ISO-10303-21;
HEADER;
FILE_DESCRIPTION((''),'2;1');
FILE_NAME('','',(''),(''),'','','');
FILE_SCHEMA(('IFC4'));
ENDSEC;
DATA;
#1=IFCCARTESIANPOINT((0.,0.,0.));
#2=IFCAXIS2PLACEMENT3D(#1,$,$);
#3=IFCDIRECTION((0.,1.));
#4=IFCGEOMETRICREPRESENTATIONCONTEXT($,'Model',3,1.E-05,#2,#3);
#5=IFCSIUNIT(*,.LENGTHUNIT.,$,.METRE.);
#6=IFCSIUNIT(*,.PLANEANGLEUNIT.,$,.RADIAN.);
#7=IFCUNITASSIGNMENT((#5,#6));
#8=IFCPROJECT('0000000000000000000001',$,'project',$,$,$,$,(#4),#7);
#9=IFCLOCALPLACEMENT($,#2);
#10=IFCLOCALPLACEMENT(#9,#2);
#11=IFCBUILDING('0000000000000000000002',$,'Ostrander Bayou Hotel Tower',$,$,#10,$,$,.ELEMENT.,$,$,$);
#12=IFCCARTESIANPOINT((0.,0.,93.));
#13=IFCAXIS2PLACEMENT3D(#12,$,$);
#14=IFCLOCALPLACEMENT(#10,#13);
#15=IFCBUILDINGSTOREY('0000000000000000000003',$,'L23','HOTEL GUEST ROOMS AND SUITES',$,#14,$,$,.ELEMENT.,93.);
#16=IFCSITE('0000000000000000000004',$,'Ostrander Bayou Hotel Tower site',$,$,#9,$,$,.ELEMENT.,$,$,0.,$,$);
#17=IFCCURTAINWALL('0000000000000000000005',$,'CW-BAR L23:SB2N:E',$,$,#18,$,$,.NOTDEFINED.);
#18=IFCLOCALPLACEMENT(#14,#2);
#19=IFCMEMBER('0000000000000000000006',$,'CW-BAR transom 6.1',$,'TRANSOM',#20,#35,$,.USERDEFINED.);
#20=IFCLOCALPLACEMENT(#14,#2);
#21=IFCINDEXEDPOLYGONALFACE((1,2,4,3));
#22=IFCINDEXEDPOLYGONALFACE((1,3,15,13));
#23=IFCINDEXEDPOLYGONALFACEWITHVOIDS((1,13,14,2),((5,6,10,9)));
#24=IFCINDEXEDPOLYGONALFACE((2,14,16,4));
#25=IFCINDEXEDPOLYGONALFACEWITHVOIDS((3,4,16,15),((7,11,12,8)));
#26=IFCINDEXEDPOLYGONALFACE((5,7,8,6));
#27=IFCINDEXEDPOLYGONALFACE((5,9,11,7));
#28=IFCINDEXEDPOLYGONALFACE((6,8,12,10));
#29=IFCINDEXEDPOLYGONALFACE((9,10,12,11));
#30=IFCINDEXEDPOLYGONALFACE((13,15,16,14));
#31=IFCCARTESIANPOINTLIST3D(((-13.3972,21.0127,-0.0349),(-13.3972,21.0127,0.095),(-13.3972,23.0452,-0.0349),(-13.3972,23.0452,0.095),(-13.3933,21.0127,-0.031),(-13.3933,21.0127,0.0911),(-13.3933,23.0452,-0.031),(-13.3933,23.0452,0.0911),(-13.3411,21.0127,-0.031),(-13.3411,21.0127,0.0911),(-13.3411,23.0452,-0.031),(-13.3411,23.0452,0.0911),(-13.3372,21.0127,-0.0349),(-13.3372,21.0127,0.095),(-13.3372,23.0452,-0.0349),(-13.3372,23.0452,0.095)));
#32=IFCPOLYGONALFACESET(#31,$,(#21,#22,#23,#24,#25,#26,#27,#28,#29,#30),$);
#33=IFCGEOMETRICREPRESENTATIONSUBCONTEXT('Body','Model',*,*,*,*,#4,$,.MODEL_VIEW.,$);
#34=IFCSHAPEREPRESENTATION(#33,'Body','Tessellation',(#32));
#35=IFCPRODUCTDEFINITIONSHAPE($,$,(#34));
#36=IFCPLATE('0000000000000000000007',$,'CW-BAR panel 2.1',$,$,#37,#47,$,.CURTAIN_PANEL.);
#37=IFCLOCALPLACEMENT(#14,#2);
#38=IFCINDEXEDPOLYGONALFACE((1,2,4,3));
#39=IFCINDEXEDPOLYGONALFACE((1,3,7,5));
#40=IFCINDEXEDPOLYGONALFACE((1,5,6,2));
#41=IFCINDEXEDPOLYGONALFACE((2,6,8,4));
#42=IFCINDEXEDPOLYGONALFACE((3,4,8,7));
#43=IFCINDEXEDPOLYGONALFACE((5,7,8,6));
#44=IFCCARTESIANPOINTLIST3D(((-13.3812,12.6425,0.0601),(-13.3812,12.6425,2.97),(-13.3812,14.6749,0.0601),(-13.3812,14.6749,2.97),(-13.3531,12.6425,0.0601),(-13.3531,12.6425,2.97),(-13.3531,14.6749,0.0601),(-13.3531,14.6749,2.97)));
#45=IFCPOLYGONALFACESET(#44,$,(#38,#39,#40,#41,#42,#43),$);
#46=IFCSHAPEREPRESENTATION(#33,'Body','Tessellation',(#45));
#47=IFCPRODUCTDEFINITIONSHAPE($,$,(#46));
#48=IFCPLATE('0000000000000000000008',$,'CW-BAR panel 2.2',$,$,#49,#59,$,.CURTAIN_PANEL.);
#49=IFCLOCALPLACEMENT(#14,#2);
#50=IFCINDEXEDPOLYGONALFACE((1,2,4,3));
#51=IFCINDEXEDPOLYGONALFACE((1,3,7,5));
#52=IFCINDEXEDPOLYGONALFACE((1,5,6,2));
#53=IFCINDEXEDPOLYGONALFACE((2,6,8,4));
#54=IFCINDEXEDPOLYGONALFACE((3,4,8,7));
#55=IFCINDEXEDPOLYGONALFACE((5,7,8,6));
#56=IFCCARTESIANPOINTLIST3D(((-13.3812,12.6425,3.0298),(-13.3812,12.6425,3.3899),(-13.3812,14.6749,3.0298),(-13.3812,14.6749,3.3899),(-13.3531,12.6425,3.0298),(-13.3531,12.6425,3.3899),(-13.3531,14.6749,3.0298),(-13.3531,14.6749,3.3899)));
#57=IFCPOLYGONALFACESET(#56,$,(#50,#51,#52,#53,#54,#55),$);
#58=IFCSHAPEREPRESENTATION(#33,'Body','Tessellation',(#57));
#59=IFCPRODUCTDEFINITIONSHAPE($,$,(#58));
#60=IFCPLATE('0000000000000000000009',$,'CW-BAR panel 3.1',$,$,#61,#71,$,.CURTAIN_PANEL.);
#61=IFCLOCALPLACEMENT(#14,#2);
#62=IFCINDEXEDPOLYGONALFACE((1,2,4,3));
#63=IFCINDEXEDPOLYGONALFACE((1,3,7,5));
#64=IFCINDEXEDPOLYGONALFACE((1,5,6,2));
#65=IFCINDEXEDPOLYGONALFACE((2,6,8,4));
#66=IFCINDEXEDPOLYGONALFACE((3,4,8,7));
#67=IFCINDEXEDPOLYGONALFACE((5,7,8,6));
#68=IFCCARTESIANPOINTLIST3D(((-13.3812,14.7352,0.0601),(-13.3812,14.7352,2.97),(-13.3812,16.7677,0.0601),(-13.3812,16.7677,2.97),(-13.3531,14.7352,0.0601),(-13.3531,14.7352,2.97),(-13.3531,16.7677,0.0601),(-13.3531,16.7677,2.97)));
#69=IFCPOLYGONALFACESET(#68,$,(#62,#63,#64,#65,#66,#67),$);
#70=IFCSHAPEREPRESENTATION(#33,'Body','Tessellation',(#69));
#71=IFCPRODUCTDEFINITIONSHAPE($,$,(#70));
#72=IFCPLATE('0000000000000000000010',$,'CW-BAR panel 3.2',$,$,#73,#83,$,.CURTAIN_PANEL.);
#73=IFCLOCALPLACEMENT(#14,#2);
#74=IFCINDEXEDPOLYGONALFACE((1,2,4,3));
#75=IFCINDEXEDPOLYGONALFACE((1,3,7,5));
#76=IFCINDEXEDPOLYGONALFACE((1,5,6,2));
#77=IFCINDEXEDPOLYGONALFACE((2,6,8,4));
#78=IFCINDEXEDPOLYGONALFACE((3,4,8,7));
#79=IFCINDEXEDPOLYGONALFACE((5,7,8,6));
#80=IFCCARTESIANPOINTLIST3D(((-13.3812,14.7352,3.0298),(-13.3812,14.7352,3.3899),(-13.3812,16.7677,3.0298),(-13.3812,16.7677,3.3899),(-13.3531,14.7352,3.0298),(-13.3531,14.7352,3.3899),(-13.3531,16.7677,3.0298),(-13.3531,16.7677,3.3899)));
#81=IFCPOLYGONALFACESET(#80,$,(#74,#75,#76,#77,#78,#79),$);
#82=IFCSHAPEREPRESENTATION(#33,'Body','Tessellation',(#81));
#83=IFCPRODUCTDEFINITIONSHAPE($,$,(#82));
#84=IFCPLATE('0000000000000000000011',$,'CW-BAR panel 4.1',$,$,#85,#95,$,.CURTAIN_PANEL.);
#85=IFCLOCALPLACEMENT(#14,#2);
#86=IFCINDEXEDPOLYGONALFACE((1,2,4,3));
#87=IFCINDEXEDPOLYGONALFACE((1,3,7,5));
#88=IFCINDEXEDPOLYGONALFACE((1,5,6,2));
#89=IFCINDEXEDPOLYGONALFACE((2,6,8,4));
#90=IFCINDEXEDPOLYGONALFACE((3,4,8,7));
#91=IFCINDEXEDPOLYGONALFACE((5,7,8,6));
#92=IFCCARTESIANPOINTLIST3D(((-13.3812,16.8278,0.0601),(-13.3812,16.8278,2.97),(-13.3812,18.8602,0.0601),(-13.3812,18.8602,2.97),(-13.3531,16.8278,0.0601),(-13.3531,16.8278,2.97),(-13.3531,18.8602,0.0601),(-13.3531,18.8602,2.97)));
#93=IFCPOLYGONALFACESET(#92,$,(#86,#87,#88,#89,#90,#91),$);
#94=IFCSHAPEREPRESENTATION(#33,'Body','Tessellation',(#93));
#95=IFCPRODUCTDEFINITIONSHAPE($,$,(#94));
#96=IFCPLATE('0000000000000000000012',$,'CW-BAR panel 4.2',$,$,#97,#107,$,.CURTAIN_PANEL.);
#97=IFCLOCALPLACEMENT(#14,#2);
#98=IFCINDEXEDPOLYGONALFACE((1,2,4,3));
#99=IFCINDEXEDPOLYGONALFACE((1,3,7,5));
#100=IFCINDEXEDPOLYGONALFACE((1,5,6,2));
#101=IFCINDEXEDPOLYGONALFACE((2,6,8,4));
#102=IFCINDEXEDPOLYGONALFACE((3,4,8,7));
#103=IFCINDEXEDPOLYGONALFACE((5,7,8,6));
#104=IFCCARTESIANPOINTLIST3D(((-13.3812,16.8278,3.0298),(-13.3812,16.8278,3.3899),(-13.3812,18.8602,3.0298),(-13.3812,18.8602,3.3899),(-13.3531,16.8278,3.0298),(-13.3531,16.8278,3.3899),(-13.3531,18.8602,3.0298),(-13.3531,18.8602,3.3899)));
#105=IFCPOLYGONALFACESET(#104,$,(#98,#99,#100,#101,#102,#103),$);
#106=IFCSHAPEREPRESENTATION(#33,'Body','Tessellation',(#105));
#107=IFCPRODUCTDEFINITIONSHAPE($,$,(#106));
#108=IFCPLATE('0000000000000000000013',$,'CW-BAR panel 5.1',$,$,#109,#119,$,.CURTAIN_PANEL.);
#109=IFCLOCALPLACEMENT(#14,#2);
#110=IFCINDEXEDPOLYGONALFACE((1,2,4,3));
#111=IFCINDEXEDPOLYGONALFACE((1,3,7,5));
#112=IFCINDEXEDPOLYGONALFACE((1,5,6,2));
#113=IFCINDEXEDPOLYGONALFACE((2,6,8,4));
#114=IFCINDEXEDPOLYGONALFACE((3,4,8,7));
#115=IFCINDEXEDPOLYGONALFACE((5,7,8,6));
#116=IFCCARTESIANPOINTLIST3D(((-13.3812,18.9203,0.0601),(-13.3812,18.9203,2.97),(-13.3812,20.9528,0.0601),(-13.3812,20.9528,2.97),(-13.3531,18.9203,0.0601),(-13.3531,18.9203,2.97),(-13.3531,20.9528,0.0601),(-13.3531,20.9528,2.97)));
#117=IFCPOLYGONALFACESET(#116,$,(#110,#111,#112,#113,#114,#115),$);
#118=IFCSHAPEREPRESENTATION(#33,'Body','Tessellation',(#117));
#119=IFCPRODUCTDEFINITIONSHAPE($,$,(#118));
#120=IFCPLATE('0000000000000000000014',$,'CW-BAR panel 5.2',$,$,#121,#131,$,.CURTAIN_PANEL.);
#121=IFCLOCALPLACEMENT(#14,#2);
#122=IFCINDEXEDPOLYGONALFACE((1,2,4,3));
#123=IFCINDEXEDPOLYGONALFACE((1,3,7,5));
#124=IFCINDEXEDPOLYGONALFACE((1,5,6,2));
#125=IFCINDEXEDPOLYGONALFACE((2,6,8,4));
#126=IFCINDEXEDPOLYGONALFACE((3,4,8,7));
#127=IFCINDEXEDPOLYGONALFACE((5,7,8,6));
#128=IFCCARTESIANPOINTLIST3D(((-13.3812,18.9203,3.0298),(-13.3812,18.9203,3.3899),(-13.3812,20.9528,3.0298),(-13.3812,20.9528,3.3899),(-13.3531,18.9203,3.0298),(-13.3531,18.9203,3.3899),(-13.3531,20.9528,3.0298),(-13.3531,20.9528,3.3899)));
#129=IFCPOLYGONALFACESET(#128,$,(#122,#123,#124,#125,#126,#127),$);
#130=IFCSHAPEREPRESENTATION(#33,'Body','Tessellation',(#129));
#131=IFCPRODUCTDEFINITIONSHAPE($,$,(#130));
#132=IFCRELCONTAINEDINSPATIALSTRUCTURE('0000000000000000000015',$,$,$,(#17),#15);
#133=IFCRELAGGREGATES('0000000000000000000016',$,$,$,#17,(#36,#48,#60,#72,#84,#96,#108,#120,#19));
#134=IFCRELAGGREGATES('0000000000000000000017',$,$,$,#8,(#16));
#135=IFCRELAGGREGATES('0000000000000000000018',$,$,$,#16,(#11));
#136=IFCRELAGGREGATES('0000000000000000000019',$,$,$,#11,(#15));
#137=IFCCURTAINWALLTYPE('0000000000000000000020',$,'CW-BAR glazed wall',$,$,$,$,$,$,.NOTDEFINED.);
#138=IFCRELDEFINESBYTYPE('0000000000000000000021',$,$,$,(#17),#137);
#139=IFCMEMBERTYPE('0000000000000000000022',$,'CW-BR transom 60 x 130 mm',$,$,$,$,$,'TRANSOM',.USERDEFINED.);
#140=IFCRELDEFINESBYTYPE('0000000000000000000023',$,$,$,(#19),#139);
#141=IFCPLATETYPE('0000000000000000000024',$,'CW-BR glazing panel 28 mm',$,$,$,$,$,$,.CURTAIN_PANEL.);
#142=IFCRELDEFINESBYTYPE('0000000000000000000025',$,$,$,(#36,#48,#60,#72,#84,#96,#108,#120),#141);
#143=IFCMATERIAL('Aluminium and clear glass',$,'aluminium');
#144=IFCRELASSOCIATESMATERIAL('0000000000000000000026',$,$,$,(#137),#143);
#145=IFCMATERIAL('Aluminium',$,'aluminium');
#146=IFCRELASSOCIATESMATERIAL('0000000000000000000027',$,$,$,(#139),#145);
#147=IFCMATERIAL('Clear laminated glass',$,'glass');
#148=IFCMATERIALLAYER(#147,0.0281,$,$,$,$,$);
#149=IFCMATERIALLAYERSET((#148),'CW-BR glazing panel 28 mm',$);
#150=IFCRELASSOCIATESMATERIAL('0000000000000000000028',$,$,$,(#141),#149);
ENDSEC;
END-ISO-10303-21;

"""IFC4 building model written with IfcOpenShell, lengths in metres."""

from ifc_helpers import new_model, si_unit, direction, frame, origin, origin_2d, place, context, subcontext, project, spatial, rectangle, hollow_rectangle, extrude, material, layer, layer_set, material_profile, profile_set, type_object, element, aggregate, save


model = new_model("IFC4")

# Units and contexts
model_context = context("Model", 3, precision=1e-05, world=origin(), true_north=direction((0.0, 1.0)))
body_context = subcontext(model_context, "Body", "Model", "MODEL_VIEW")
ifc_project = project(units=[si_unit("LENGTHUNIT", "METRE"), si_unit("PLANEANGLEUNIT", "RADIAN")], contexts=[model_context])

# Site, building, storey
site_placement = place(None, origin())
site = spatial("IfcSite", under=ifc_project, at=site_placement, Name="Ostrander Bayou Hotel Tower site", CompositionType="ELEMENT", RefElevation=0.0)
building_placement = place(site_placement, origin())
building = spatial("IfcBuilding", under=site, at=building_placement, Name="Ostrander Bayou Hotel Tower", CompositionType="ELEMENT")
storey_placement = place(building_placement, frame((0.0, 0.0, 93.0)))
storey = spatial("IfcBuildingStorey", under=building, at=storey_placement, Name="L23", Description="HOTEL GUEST ROOMS AND SUITES", CompositionType="ELEMENT", Elevation=93.0)

# Curtain wall, member, plates
ifc_material_1 = material(Name="Aluminium and clear glass", Category="aluminium")
curtain_wall_type = type_object("IfcCurtainWallType", Name="CW-BAR glazed wall", PredefinedType="NOTDEFINED", material=ifc_material_1)
curtain_wall_placement = place(storey_placement, origin())
curtain_wall = element("IfcCurtainWall", 1, at=curtain_wall_placement, inside=storey, type_object=curtain_wall_type, Name="CW-BAR L23:SB2N:E", PredefinedType="NOTDEFINED")
ifc_material_2 = material(Name="Aluminium", Category="aluminium")
ifc_material_profile = material_profile(ifc_material_2, hollow_rectangle(XDim=0.0601, YDim=0.1299, WallThickness=0.0039, at=origin_2d()))
ifc_profile_set = profile_set([ifc_material_profile], Name="Aluminium")
member_type = type_object("IfcMemberType", Name="CW-BR transom 60 x 130 mm", ElementType="TRANSOM", PredefinedType="USERDEFINED", material=ifc_profile_set)
member_1_placement = place(storey_placement, frame((-13.3672, 21.0127, 0.03), z_axis=(0.0, 1.0, 0.0), x_axis=(-1.0, 0.0, 0.0)))
member_1 = element("IfcMember", 2, at=member_1_placement, type_object=member_type, Name="CW-BAR transom 6.1", ObjectType="TRANSOM", PredefinedType="USERDEFINED", context=body_context, shape_type="SweptSolid", body=[
    extrude(hollow_rectangle(XDim=0.0601, YDim=0.1299, WallThickness=0.0039, at=origin_2d()), origin(), (0.0, 0.0, 1.0), 2.0325),
])
ifc_material_3 = material(Name="Clear laminated glass", Category="glass")
ifc_layer = layer(ifc_material_3, 0.0281)
ifc_layer_set = layer_set([ifc_layer], Name="CW-BR glazing panel 28 mm")
plate_type = type_object("IfcPlateType", Name="CW-BR glazing panel 28 mm", PredefinedType="CURTAIN_PANEL", material=ifc_layer_set)
plate_1_placement = place(storey_placement, frame((-13.3672, 13.6587, 0.0601), z_axis=(0.0, 0.0, 1.0), x_axis=(0.0, 1.0, 0.0)))
plate_1 = element("IfcPlate", 3, at=plate_1_placement, type_object=plate_type, Name="CW-BAR panel 2.1", PredefinedType="CURTAIN_PANEL", context=body_context, shape_type="SweptSolid", body=[
    extrude(rectangle(XDim=2.0325, YDim=0.0281, at=origin_2d()), origin(), (0.0, 0.0, 1.0), 2.9099),
])
plate_2_placement = place(storey_placement, frame((-13.3672, 13.6587, 3.0298), z_axis=(0.0, 0.0, 1.0), x_axis=(0.0, 1.0, 0.0)))
plate_2 = element("IfcPlate", 4, at=plate_2_placement, type_object=plate_type, Name="CW-BAR panel 2.2", PredefinedType="CURTAIN_PANEL", context=body_context, shape_type="SweptSolid", body=[
    extrude(rectangle(XDim=2.0325, YDim=0.0281, at=origin_2d()), origin(), (0.0, 0.0, 1.0), 0.3601),
])
plate_3_placement = place(storey_placement, frame((-13.3672, 15.7515, 0.0601), z_axis=(0.0, 0.0, 1.0), x_axis=(0.0, 1.0, 0.0)))
plate_3 = element("IfcPlate", 5, at=plate_3_placement, type_object=plate_type, Name="CW-BAR panel 3.1", PredefinedType="CURTAIN_PANEL", context=body_context, shape_type="SweptSolid", body=[
    extrude(rectangle(XDim=2.0325, YDim=0.0281, at=origin_2d()), origin(), (0.0, 0.0, 1.0), 2.9099),
])
plate_4_placement = place(storey_placement, frame((-13.3672, 15.7515, 3.0298), z_axis=(0.0, 0.0, 1.0), x_axis=(0.0, 1.0, 0.0)))
plate_4 = element("IfcPlate", 6, at=plate_4_placement, type_object=plate_type, Name="CW-BAR panel 3.2", PredefinedType="CURTAIN_PANEL", context=body_context, shape_type="SweptSolid", body=[
    extrude(rectangle(XDim=2.0325, YDim=0.0281, at=origin_2d()), origin(), (0.0, 0.0, 1.0), 0.3601),
])
plate_5_placement = place(storey_placement, frame((-13.3672, 17.844, 0.0601), z_axis=(0.0, 0.0, 1.0), x_axis=(0.0, 1.0, 0.0)))
plate_5 = element("IfcPlate", 7, at=plate_5_placement, type_object=plate_type, Name="CW-BAR panel 4.1", PredefinedType="CURTAIN_PANEL", context=body_context, shape_type="SweptSolid", body=[
    extrude(rectangle(XDim=2.0325, YDim=0.0281, at=origin_2d()), origin(), (0.0, 0.0, 1.0), 2.9099),
])
plate_6_placement = place(storey_placement, frame((-13.3672, 17.844, 3.0298), z_axis=(0.0, 0.0, 1.0), x_axis=(0.0, 1.0, 0.0)))
plate_6 = element("IfcPlate", 8, at=plate_6_placement, type_object=plate_type, Name="CW-BAR panel 4.2", PredefinedType="CURTAIN_PANEL", context=body_context, shape_type="SweptSolid", body=[
    extrude(rectangle(XDim=2.0325, YDim=0.0281, at=origin_2d()), origin(), (0.0, 0.0, 1.0), 0.3601),
])
plate_7_placement = place(storey_placement, frame((-13.3672, 19.9365, 0.0601), z_axis=(0.0, 0.0, 1.0), x_axis=(0.0, 1.0, 0.0)))
plate_7 = element("IfcPlate", 9, at=plate_7_placement, type_object=plate_type, Name="CW-BAR panel 5.1", PredefinedType="CURTAIN_PANEL", context=body_context, shape_type="SweptSolid", body=[
    extrude(rectangle(XDim=2.0325, YDim=0.0281, at=origin_2d()), origin(), (0.0, 0.0, 1.0), 2.9099),
])
plate_8_placement = place(storey_placement, frame((-13.3672, 19.9365, 3.0298), z_axis=(0.0, 0.0, 1.0), x_axis=(0.0, 1.0, 0.0)))
plate_8 = element("IfcPlate", 10, at=plate_8_placement, type_object=plate_type, Name="CW-BAR panel 5.2", PredefinedType="CURTAIN_PANEL", context=body_context, shape_type="SweptSolid", body=[
    extrude(rectangle(XDim=2.0325, YDim=0.0281, at=origin_2d()), origin(), (0.0, 0.0, 1.0), 0.3601),
])
aggregate(curtain_wall, [plate_1, plate_2, plate_3, plate_4, plate_5, plate_6, plate_7, plate_8, member_1])

save(model, "model.ifc")
